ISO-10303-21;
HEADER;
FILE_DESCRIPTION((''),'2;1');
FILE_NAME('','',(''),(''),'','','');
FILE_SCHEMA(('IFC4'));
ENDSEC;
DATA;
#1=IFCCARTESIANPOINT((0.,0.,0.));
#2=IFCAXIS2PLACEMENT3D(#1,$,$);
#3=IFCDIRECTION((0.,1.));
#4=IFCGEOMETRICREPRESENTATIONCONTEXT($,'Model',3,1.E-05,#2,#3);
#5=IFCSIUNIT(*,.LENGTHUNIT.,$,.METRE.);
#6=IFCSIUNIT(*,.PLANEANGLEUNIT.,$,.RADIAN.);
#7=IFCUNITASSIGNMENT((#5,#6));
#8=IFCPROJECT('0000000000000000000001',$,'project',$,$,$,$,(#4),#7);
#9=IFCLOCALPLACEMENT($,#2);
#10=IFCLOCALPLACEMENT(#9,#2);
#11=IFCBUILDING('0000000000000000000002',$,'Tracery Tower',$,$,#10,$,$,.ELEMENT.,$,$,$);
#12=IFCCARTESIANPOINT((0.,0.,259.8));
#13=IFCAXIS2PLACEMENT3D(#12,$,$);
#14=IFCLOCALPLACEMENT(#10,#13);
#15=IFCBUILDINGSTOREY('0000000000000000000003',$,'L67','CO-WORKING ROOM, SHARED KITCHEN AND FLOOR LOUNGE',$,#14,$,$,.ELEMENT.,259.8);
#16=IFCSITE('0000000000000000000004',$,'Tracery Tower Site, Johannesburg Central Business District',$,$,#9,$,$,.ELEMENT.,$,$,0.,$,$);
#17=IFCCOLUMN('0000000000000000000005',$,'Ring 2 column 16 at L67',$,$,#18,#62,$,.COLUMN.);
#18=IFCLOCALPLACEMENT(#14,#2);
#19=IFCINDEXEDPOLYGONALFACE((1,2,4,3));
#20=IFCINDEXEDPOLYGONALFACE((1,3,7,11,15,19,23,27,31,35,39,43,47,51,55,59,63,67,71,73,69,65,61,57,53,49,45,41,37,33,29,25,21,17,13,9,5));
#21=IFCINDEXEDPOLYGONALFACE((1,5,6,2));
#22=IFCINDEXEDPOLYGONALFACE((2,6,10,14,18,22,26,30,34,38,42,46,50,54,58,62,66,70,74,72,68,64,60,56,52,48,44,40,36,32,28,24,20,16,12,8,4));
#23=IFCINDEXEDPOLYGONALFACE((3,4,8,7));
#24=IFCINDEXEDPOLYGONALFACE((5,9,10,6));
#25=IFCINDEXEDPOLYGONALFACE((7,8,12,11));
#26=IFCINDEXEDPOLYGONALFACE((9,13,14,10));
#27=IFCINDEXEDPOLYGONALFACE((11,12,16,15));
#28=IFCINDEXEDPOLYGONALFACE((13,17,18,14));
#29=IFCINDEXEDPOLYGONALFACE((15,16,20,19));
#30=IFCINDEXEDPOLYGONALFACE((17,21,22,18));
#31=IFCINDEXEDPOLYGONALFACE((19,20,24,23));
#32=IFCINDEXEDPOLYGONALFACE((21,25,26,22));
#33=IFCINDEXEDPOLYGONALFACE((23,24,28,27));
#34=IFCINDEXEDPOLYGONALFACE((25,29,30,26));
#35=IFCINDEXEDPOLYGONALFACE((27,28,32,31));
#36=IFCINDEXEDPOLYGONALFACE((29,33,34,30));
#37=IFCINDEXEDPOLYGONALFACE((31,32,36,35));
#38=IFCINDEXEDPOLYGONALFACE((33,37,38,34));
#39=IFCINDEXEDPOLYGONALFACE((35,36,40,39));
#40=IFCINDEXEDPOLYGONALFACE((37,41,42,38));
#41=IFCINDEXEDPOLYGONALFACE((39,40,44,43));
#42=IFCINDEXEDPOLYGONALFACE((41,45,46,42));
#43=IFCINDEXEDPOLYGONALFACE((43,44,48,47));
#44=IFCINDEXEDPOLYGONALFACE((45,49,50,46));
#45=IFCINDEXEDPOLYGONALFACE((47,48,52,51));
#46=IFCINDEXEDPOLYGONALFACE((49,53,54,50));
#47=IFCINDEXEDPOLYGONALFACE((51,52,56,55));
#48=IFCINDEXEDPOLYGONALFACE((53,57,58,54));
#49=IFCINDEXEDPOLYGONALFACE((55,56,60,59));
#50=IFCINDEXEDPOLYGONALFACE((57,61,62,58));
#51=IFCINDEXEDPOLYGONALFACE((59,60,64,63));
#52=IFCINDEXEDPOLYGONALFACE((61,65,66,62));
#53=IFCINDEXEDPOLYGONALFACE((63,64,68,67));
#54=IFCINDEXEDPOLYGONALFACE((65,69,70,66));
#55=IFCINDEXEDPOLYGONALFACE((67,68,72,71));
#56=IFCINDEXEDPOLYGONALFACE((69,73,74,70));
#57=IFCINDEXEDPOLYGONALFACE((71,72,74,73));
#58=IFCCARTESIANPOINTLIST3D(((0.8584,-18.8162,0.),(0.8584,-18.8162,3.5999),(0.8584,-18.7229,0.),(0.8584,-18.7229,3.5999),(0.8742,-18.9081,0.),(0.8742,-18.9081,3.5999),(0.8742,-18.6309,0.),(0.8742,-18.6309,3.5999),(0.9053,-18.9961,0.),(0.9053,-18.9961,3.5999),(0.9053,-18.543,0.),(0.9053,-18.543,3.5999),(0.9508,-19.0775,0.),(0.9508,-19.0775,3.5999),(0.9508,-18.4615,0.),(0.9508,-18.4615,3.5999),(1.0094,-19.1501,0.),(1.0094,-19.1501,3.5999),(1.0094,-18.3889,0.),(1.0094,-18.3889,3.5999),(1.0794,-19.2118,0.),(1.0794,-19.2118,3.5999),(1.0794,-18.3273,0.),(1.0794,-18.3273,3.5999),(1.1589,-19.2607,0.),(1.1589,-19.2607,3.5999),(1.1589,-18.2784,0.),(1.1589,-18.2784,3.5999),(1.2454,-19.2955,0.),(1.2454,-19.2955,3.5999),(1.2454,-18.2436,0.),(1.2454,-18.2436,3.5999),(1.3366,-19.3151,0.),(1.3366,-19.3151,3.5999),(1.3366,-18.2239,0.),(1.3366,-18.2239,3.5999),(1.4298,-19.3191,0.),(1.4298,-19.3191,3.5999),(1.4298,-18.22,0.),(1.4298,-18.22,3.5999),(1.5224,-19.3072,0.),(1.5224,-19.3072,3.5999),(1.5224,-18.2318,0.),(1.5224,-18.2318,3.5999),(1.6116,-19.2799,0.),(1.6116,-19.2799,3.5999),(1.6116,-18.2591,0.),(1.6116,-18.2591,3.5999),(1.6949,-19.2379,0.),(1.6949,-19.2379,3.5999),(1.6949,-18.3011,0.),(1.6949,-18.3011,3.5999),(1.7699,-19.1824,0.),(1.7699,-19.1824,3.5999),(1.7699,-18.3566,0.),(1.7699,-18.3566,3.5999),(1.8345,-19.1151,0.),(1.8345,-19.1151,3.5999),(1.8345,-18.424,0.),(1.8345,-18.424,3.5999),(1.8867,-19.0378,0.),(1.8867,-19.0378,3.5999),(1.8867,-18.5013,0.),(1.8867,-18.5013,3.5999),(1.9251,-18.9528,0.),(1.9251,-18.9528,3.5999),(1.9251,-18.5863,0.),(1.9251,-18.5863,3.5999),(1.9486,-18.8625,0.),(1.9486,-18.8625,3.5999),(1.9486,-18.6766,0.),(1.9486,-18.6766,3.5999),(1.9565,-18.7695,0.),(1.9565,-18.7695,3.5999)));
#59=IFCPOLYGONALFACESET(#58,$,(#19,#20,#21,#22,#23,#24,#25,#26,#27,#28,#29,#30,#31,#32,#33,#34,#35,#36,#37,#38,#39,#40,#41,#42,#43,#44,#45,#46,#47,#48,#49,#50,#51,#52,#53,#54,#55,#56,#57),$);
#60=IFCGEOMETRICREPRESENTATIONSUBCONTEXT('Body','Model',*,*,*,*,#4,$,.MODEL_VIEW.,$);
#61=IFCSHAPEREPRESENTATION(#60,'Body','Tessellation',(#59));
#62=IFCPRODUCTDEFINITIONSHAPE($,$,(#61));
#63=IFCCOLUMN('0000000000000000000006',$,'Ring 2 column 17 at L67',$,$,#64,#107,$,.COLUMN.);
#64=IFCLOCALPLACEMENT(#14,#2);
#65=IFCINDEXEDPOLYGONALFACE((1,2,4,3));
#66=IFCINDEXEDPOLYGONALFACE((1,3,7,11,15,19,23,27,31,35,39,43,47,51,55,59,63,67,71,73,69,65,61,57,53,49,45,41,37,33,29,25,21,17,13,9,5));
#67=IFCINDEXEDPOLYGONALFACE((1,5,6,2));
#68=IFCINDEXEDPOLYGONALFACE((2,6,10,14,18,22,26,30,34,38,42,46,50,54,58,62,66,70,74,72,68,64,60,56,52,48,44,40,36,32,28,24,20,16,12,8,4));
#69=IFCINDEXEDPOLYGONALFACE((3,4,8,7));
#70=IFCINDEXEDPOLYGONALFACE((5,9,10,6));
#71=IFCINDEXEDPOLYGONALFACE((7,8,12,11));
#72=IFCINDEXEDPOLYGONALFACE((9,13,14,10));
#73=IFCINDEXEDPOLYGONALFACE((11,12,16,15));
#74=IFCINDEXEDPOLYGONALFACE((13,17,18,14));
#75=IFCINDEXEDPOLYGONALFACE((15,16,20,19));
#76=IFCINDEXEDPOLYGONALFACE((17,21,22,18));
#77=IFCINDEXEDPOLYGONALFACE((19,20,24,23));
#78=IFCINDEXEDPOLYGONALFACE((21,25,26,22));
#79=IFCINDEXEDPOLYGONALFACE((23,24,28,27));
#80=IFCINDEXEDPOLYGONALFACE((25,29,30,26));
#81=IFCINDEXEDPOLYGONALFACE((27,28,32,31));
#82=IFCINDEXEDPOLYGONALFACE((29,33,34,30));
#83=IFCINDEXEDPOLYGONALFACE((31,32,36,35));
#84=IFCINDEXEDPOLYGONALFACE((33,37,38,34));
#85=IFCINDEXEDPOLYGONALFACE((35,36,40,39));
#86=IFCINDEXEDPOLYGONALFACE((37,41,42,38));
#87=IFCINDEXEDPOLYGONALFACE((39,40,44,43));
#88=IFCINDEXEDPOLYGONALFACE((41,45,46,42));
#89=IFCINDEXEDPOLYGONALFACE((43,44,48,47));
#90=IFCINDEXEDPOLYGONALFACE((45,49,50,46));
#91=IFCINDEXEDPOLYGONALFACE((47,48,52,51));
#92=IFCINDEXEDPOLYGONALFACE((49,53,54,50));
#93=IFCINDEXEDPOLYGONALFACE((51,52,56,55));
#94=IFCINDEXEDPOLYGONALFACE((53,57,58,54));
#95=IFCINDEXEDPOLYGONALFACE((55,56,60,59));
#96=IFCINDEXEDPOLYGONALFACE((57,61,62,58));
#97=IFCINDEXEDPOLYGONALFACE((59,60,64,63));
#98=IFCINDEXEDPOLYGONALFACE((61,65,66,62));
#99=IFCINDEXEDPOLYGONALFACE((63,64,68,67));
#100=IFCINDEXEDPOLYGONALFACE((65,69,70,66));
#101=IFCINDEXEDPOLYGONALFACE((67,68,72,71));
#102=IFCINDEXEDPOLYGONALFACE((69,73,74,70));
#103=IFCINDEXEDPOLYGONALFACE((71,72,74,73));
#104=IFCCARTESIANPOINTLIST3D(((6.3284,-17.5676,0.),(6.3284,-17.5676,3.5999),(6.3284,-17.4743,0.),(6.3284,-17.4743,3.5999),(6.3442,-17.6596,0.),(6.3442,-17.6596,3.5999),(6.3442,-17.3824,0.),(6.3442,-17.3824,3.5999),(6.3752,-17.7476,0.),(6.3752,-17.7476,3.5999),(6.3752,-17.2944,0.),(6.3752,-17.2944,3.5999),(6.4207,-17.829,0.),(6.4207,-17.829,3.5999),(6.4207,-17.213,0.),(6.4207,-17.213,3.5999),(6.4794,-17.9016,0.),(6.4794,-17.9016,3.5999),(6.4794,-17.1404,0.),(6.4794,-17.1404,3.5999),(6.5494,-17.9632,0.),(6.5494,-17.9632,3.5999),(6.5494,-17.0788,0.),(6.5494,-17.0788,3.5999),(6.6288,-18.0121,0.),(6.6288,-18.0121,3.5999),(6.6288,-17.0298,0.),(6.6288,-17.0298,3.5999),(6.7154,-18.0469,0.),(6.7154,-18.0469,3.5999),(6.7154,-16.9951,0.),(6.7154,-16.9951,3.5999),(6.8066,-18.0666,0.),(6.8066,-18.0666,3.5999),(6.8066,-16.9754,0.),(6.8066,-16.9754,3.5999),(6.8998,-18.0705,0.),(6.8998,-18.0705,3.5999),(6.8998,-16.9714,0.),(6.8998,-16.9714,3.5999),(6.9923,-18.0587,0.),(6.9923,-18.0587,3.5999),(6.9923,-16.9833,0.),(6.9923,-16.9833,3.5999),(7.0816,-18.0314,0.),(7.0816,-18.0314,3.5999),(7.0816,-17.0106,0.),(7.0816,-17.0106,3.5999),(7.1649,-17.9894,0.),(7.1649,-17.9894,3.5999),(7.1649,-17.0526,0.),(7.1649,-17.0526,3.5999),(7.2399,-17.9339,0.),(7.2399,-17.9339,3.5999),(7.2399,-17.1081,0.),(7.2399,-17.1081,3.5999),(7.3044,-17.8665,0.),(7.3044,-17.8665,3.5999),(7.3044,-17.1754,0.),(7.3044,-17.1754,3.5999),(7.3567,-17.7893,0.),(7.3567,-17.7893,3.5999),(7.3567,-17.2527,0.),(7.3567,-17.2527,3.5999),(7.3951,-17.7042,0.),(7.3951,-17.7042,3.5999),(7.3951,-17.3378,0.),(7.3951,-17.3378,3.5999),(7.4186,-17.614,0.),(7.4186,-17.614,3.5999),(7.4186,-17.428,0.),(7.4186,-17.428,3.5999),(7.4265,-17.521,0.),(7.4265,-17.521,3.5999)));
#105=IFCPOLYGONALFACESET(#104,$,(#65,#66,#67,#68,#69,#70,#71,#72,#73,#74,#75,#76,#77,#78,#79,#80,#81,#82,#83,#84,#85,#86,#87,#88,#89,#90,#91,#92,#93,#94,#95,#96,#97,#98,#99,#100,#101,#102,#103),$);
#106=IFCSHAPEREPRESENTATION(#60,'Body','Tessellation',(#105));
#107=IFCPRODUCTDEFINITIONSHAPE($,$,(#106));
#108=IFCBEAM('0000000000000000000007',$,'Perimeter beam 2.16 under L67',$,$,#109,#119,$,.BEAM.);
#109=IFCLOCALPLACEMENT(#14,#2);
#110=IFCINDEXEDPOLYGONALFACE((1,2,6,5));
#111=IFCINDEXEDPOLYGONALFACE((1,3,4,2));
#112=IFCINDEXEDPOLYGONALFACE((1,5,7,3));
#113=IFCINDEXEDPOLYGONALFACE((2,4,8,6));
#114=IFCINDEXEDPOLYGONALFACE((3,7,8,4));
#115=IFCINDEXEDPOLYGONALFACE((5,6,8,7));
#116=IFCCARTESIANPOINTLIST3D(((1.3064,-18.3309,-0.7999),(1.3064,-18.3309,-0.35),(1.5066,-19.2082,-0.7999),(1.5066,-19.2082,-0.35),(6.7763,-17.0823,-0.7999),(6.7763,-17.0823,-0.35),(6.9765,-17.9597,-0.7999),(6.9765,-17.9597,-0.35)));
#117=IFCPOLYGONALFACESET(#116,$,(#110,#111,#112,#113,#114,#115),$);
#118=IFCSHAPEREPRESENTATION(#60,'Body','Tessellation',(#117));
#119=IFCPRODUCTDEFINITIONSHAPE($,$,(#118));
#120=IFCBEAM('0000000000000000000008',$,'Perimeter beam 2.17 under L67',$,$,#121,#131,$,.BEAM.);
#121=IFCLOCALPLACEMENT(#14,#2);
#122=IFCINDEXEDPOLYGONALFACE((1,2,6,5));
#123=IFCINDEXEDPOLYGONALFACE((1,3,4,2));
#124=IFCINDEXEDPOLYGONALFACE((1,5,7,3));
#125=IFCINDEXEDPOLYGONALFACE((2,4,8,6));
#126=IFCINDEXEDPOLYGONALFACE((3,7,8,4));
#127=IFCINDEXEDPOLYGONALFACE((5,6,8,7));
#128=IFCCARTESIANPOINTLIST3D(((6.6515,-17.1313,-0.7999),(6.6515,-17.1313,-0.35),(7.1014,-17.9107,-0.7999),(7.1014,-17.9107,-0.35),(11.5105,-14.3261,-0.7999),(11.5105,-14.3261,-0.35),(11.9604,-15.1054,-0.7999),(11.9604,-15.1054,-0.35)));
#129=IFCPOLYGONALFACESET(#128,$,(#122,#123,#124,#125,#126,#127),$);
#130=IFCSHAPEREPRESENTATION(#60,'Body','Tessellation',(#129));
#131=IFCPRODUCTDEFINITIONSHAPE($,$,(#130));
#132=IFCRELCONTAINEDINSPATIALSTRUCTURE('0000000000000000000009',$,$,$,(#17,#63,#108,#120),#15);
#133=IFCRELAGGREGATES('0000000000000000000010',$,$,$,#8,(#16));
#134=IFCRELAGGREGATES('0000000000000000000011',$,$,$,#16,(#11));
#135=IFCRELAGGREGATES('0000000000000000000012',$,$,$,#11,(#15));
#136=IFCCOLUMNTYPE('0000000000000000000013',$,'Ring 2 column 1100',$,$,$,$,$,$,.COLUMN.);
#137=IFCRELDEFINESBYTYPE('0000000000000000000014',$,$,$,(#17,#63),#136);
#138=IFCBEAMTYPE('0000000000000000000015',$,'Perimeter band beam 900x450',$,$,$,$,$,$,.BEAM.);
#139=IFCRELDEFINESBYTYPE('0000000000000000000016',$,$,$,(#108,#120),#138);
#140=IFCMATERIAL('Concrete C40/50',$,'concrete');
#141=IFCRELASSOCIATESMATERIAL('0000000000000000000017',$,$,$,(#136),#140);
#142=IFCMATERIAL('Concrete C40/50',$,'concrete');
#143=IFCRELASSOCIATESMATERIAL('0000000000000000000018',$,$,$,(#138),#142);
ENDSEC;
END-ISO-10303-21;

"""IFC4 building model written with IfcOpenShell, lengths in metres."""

from ifc_helpers import new_model, si_unit, direction, frame, origin, origin_2d, place, context, subcontext, project, spatial, rectangle, circle, extrude, material, material_profile, profile_set, type_object, element, save


model = new_model("IFC4")

# Units and contexts
model_context = context("Model", 3, precision=1e-05, world=origin(), true_north=direction((0.0, 1.0)))
body_context = subcontext(model_context, "Body", "Model", "MODEL_VIEW")
ifc_project = project(units=[si_unit("LENGTHUNIT", "METRE"), si_unit("PLANEANGLEUNIT", "RADIAN")], contexts=[model_context])

# Site, building, storey
site_placement = place(None, origin())
site = spatial("IfcSite", under=ifc_project, at=site_placement, Name="Tracery Tower Site, Johannesburg Central Business District", CompositionType="ELEMENT", RefElevation=0.0)
building_placement = place(site_placement, origin())
building = spatial("IfcBuilding", under=site, at=building_placement, Name="Tracery Tower", CompositionType="ELEMENT")
storey_placement = place(building_placement, frame((0.0, 0.0, 259.8)))
storey = spatial("IfcBuildingStorey", under=building, at=storey_placement, Name="L67", Description="CO-WORKING ROOM, SHARED KITCHEN AND FLOOR LOUNGE", CompositionType="ELEMENT", Elevation=259.8)

# Columns
ifc_material_1 = material(Name="Concrete C40/50", Category="concrete")
ifc_material_profile_1 = material_profile(ifc_material_1, circle(Radius=0.55, at=origin_2d()), Name="RC D1100")
ifc_profile_set_1 = profile_set([ifc_material_profile_1], Name="Concrete C40/50")
column_type = type_object("IfcColumnType", Name="Ring 2 column 1100", PredefinedType="COLUMN", material=ifc_profile_set_1)
for number, where, z_axis, x_axis, name in (
    (1, (1.4065, -18.7695, 0.0), (0.0, 0.0, 1.0), (1.0, 0.0, 0.0), "Ring 2 column 16 at L67"),
    (2, (6.8765, -17.521, 0.0), (0.0, 0.0, 1.0), (1.0, 0.0, 0.0), "Ring 2 column 17 at L67"),
):
    element("IfcColumn", number, at=place(storey_placement, frame(where, z_axis=z_axis, x_axis=x_axis)), inside=storey, type_object=column_type, Name=name, PredefinedType="COLUMN", context=body_context, shape_type="SweptSolid", body=[
        extrude(circle(Radius=0.55, at=origin_2d()), origin(), (0.0, 0.0, 1.0), 3.5999),
    ])

# Beams
ifc_material_2 = material(Name="Concrete C40/50", Category="concrete")
ifc_material_profile_2 = material_profile(ifc_material_2, rectangle(XDim=0.8999, YDim=0.45, at=origin_2d()), Name="RC 900x450")
ifc_profile_set_2 = profile_set([ifc_material_profile_2], Name="Concrete C40/50")
beam_type = type_object("IfcBeamType", Name="Perimeter band beam 900x450", PredefinedType="BEAM", material=ifc_profile_set_2)
for number, where, z_axis, x_axis, name in (
    (3, (1.4065, -18.7695, -0.575), (0.974926, 0.222529, 0.0), (-0.222529, 0.974926, 0.0), "Perimeter beam 2.16 under L67"),
    (4, (6.8765, -17.521, -0.575), (0.866033, 0.499986, 0.0), (-0.499986, 0.866033, 0.0), "Perimeter beam 2.17 under L67"),
):
    element("IfcBeam", number, at=place(storey_placement, frame(where, z_axis=z_axis, x_axis=x_axis)), inside=storey, type_object=beam_type, Name=name, PredefinedType="BEAM", context=body_context, shape_type="SweptSolid", body=[
        extrude(rectangle(XDim=0.8999, YDim=0.45, at=origin_2d()), origin(), (0.0, 0.0, 1.0), 5.6106),
    ])

save(model, "model.ifc")
